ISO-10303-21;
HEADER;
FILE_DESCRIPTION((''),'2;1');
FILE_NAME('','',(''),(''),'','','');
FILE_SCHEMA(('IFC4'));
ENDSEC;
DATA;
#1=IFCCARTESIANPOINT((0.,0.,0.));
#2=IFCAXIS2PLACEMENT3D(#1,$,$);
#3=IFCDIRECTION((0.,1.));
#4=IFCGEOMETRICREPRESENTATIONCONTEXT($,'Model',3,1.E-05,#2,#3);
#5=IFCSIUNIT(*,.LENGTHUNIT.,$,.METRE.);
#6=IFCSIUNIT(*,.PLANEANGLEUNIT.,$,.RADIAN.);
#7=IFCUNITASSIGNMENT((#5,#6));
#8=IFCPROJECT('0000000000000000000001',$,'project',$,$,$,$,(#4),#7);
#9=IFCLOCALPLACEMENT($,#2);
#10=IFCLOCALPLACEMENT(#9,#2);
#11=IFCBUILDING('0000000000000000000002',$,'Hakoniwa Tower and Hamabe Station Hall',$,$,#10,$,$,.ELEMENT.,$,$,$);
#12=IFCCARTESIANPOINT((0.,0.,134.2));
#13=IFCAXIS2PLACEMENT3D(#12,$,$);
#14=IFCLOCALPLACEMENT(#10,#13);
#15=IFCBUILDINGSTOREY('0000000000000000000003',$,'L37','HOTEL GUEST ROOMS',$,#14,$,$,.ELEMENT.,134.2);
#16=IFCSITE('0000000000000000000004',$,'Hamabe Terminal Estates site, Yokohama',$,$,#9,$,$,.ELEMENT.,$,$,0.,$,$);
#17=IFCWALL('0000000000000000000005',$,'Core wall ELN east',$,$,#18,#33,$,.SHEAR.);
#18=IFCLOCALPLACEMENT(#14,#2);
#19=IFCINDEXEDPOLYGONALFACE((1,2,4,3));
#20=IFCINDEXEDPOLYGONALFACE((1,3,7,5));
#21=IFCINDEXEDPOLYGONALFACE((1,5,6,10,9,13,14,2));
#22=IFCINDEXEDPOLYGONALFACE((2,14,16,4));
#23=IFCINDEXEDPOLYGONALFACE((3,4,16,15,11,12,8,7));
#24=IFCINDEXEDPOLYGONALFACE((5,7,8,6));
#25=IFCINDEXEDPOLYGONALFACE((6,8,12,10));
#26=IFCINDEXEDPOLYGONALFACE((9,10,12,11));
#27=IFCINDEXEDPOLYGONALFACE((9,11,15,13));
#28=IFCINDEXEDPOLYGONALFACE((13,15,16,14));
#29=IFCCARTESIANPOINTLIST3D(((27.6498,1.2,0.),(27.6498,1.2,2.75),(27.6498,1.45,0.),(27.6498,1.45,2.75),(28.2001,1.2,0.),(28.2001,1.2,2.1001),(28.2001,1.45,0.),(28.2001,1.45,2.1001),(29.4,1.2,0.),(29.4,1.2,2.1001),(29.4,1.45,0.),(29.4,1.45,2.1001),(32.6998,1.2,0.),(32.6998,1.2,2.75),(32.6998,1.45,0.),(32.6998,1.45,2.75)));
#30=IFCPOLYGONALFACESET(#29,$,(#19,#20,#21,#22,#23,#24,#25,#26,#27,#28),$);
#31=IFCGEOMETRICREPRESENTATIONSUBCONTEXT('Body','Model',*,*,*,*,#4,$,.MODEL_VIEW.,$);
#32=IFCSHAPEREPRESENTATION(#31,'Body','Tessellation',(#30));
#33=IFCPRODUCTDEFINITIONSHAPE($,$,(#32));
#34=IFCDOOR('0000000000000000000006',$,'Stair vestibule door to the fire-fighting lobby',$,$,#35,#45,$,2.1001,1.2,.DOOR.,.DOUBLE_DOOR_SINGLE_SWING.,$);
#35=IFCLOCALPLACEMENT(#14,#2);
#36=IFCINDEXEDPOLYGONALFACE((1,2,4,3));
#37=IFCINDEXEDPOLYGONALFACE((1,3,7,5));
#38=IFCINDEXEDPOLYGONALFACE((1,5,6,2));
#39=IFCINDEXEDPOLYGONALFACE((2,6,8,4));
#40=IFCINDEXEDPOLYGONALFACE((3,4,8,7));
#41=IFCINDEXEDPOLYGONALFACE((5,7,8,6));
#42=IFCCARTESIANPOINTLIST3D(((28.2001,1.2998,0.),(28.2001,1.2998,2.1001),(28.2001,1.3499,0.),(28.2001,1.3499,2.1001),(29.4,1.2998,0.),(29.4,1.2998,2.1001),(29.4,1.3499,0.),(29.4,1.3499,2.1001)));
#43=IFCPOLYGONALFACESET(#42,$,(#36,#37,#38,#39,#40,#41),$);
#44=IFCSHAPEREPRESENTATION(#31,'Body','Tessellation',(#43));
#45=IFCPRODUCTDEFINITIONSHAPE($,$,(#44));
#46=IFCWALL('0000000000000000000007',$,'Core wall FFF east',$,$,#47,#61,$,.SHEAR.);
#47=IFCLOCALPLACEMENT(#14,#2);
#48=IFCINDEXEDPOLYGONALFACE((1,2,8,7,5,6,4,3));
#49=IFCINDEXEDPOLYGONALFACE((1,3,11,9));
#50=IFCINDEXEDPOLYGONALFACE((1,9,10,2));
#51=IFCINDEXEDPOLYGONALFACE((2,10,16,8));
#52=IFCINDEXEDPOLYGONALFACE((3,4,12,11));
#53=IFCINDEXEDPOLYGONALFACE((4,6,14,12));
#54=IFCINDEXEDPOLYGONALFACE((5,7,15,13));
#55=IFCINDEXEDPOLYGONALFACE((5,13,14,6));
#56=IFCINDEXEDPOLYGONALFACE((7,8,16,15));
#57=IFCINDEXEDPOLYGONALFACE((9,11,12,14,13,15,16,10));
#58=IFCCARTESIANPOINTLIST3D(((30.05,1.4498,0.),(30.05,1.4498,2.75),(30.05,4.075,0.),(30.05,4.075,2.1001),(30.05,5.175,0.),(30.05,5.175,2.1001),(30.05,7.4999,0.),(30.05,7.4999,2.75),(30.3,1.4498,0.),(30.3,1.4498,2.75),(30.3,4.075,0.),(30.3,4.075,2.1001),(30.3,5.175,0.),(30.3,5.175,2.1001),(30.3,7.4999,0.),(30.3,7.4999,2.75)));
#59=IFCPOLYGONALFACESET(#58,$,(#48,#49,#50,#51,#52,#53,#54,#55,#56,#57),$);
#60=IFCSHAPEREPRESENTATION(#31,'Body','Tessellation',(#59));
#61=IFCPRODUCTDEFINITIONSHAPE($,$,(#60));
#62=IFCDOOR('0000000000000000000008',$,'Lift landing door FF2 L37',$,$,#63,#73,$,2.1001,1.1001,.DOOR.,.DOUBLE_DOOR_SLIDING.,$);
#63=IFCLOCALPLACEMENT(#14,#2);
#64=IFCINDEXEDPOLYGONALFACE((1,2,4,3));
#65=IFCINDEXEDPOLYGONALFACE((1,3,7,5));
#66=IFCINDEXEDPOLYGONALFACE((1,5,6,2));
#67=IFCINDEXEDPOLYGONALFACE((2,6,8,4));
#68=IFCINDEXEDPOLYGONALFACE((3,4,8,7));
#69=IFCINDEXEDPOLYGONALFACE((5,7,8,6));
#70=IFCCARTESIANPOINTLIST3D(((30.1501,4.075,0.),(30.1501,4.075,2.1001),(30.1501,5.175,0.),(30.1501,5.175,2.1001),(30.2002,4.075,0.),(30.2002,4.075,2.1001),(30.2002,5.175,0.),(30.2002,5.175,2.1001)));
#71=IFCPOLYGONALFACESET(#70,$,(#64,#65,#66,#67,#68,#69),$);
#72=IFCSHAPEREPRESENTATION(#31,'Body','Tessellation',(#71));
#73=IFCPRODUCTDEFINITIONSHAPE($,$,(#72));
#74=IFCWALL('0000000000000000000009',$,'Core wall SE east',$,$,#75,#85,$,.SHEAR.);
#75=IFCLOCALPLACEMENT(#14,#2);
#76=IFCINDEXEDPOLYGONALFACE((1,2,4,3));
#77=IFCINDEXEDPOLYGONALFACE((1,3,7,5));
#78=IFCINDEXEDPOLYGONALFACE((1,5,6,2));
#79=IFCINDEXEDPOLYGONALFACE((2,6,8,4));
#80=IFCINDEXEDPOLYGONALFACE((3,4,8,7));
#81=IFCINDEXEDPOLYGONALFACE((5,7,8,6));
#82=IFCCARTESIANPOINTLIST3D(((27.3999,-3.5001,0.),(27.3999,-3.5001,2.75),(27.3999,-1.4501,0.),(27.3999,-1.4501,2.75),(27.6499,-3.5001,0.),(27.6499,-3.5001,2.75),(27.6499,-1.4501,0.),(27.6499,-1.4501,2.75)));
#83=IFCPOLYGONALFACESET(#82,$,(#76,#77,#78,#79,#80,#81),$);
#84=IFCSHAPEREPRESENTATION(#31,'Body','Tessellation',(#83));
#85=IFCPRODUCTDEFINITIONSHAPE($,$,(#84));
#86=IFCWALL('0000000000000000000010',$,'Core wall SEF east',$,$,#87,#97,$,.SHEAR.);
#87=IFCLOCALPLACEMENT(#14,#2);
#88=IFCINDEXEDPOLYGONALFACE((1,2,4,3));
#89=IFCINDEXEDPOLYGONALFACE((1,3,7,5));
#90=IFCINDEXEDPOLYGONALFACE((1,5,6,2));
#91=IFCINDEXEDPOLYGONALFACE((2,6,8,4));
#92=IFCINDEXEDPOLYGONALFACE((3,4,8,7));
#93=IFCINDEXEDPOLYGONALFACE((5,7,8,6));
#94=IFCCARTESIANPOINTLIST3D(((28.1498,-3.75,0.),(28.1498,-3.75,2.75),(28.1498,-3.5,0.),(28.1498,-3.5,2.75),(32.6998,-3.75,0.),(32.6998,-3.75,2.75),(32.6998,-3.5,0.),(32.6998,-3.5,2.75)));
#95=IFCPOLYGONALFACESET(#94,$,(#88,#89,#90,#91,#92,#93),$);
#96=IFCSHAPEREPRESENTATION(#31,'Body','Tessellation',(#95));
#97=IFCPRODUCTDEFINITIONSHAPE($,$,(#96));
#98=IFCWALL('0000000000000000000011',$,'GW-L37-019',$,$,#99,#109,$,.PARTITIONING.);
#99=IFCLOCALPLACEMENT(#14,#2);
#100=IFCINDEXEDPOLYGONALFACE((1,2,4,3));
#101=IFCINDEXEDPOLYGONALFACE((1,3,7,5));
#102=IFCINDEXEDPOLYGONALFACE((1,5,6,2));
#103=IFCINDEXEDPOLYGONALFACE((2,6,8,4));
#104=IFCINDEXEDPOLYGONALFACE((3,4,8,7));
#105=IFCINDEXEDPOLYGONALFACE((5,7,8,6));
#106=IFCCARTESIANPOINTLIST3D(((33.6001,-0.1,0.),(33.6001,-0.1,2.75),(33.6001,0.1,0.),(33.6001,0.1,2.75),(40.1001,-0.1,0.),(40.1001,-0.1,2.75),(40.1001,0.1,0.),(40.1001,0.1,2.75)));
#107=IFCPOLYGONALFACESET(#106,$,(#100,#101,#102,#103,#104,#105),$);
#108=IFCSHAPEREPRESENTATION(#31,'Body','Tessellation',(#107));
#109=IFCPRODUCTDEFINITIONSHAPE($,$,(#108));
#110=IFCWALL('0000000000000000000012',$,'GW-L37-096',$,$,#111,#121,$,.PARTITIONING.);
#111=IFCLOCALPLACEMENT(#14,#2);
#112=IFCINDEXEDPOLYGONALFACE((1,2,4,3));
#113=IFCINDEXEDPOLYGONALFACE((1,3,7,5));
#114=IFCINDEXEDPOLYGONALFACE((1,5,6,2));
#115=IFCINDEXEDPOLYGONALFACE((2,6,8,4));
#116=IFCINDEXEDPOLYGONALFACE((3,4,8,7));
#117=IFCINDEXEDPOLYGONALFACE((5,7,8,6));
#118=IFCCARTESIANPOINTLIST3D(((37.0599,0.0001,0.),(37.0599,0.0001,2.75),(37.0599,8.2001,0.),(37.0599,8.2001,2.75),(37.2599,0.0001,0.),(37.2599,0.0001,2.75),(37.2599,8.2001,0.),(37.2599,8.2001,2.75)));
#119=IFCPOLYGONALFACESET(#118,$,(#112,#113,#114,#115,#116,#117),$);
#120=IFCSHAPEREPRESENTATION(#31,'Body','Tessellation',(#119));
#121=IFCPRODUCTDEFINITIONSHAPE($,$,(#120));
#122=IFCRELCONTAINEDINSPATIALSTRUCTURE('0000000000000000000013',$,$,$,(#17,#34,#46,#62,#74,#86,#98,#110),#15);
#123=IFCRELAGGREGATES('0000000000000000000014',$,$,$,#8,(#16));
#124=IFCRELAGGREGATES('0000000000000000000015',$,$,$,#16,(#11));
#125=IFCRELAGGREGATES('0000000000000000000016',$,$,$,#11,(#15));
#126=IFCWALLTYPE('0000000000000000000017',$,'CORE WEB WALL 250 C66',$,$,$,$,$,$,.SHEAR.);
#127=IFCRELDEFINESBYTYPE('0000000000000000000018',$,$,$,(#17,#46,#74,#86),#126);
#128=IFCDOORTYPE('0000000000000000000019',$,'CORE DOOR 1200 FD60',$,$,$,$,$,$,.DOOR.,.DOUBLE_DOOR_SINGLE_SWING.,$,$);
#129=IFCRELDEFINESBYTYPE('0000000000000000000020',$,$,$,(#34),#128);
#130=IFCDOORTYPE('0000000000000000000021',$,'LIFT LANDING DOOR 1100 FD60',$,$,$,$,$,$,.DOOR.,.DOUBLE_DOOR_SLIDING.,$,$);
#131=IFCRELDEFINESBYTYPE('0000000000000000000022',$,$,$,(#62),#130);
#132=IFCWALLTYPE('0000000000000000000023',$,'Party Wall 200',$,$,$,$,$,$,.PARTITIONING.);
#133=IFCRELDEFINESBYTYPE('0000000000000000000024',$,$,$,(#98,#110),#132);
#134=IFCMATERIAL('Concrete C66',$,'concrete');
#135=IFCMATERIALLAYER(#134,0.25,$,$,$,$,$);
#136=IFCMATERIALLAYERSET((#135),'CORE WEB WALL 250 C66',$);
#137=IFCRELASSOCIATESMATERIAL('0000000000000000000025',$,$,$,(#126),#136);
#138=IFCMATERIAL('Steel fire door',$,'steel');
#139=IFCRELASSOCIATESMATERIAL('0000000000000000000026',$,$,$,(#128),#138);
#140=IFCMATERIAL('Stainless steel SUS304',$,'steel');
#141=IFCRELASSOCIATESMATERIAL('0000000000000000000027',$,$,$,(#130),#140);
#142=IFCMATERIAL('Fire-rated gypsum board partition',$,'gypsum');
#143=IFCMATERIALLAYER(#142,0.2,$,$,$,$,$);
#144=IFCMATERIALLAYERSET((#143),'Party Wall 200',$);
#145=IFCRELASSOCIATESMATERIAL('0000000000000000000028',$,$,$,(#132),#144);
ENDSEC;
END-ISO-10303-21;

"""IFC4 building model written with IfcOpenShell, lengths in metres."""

from ifc_helpers import new_model, si_unit, direction, frame, frame_2d, origin, place, context, subcontext, project, spatial, rectangle, extrude, material, layer, layer_set, type_object, element, fill, save


model = new_model("IFC4")

# Units and contexts
model_context = context("Model", 3, precision=1e-05, world=origin(), true_north=direction((0.0, 1.0)))
body_context = subcontext(model_context, "Body", "Model", "MODEL_VIEW")
ifc_project = project(units=[si_unit("LENGTHUNIT", "METRE"), si_unit("PLANEANGLEUNIT", "RADIAN")], contexts=[model_context])

# Site, building, storey
site_placement = place(None, origin())
site = spatial("IfcSite", under=ifc_project, at=site_placement, Name="Hamabe Terminal Estates site, Yokohama", CompositionType="ELEMENT", RefElevation=0.0)
building_placement = place(site_placement, origin())
building = spatial("IfcBuilding", under=site, at=building_placement, Name="Hakoniwa Tower and Hamabe Station Hall", CompositionType="ELEMENT")
storey_placement = place(building_placement, frame((0.0, 0.0, 134.2)))
storey = spatial("IfcBuildingStorey", under=building, at=storey_placement, Name="L37", Description="HOTEL GUEST ROOMS", CompositionType="ELEMENT", Elevation=134.2)

# Shared definitions
ifc_material_1 = material(Name="Concrete C66", Category="concrete")
ifc_layer_1 = layer(ifc_material_1, 0.25)
ifc_layer_set_1 = layer_set([ifc_layer_1], Name="CORE WEB WALL 250 C66")
wall_type_1 = type_object("IfcWallType", Name="CORE WEB WALL 250 C66", PredefinedType="SHEAR", material=ifc_layer_set_1)

# Walls, openings, doors
wall_1_placement = place(storey_placement, frame((27.6499, 1.325, 0.0), z_axis=(0.0, 0.0, 1.0), x_axis=(1.0, 0.0, 0.0)))
wall_1 = element("IfcWall", 1, at=wall_1_placement, inside=storey, type_object=wall_type_1, Name="Core wall ELN east", PredefinedType="SHEAR", context=body_context, shape_type="SweptSolid", body=[
    extrude(rectangle(XDim=5.05, YDim=0.25, at=frame_2d((2.5249, 0.0))), origin(), (0.0, 0.0, 1.0), 2.75),
])
opening_1_placement = place(wall_1_placement, frame((0.55, 0.0, 0.0)))
opening_1 = element("IfcOpeningElement", 2, at=opening_1_placement, cuts=wall_1, PredefinedType="OPENING", context=body_context, shape_type="SweptSolid", body=[
    extrude(rectangle(XDim=1.2, YDim=2.1001, at=frame_2d((0.6001, 1.05))), frame((0.0, 0.135, 0.0), z_axis=(0.0, -1.0, 0.0), x_axis=(1.0, 0.0, 0.0)), (0.0, 0.0, 1.0), 0.27),
])
ifc_material_2 = material(Name="Steel fire door", Category="steel")
door_type_1 = type_object("IfcDoorType", Name="CORE DOOR 1200 FD60", OperationType="DOUBLE_DOOR_SINGLE_SWING", PredefinedType="DOOR", material=ifc_material_2)
door_1_placement = place(opening_1_placement, origin())
door_1 = element("IfcDoor", 3, at=door_1_placement, inside=storey, type_object=door_type_1, Name="Stair vestibule door to the fire-fighting lobby", OperationType="DOUBLE_DOOR_SINGLE_SWING", OverallHeight=2.1001, OverallWidth=1.2, PredefinedType="DOOR", context=body_context, shape_type="SweptSolid", body=[
    extrude(rectangle(XDim=1.2, YDim=2.1001, at=frame_2d((0.6001, 1.05))), frame((0.0, 0.0249, 0.0), z_axis=(0.0, -1.0, 0.0), x_axis=(1.0, 0.0, 0.0)), (0.0, 0.0, 1.0), 0.05),
])
fill(opening_1, door_1)
wall_2_placement = place(storey_placement, frame((30.175, 1.45, 0.0), z_axis=(0.0, 0.0, 1.0), x_axis=(0.0, 1.0, 0.0)))
wall_2 = element("IfcWall", 4, at=wall_2_placement, inside=storey, type_object=wall_type_1, Name="Core wall FFF east", PredefinedType="SHEAR", context=body_context, shape_type="SweptSolid", body=[
    extrude(rectangle(XDim=6.05, YDim=0.25, at=frame_2d((3.0249, 0.0))), origin(), (0.0, 0.0, 1.0), 2.75),
])
opening_2_placement = place(wall_2_placement, frame((2.625, 0.0, 0.0)))
opening_2 = element("IfcOpeningElement", 5, at=opening_2_placement, cuts=wall_2, PredefinedType="OPENING", context=body_context, shape_type="SweptSolid", body=[
    extrude(rectangle(XDim=1.1001, YDim=2.1001, at=frame_2d((0.55, 1.05))), frame((0.0, 0.135, 0.0), z_axis=(0.0, -1.0, 0.0), x_axis=(1.0, 0.0, 0.0)), (0.0, 0.0, 1.0), 0.27),
])
ifc_material_3 = material(Name="Stainless steel SUS304", Category="steel")
door_type_2 = type_object("IfcDoorType", Name="LIFT LANDING DOOR 1100 FD60", OperationType="DOUBLE_DOOR_SLIDING", PredefinedType="DOOR", material=ifc_material_3)
door_2_placement = place(opening_2_placement, origin())
door_2 = element("IfcDoor", 6, at=door_2_placement, inside=storey, type_object=door_type_2, Name="Lift landing door FF2 L37", OperationType="DOUBLE_DOOR_SLIDING", OverallHeight=2.1001, OverallWidth=1.1001, PredefinedType="DOOR", context=body_context, shape_type="SweptSolid", body=[
    extrude(rectangle(XDim=1.1001, YDim=2.1001, at=frame_2d((0.55, 1.05))), frame((0.0, 0.0249, 0.0), z_axis=(0.0, -1.0, 0.0), x_axis=(1.0, 0.0, 0.0)), (0.0, 0.0, 1.0), 0.05),
])
fill(opening_2, door_2)

# Walls
wall_3_placement = place(storey_placement, frame((27.5249, -3.5, 0.0), z_axis=(0.0, 0.0, 1.0), x_axis=(0.0, 1.0, 0.0)))
element("IfcWall", 7, at=wall_3_placement, inside=storey, type_object=wall_type_1, Name="Core wall SE east", PredefinedType="SHEAR", context=body_context, shape_type="SweptSolid", body=[
    extrude(rectangle(XDim=2.05, YDim=0.25, at=frame_2d((1.0249, 0.0))), origin(), (0.0, 0.0, 1.0), 2.75),
])
wall_4_placement = place(storey_placement, frame((28.1499, -3.625, 0.0), z_axis=(0.0, 0.0, 1.0), x_axis=(1.0, 0.0, 0.0)))
element("IfcWall", 8, at=wall_4_placement, inside=storey, type_object=wall_type_1, Name="Core wall SEF east", PredefinedType="SHEAR", context=body_context, shape_type="SweptSolid", body=[
    extrude(rectangle(XDim=4.55, YDim=0.25, at=frame_2d((2.2749, 0.0))), origin(), (0.0, 0.0, 1.0), 2.75),
])
ifc_material_4 = material(Name="Fire-rated gypsum board partition", Category="gypsum")
ifc_layer_2 = layer(ifc_material_4, 0.2)
ifc_layer_set_2 = layer_set([ifc_layer_2], Name="Party Wall 200")
wall_type_2 = type_object("IfcWallType", Name="Party Wall 200", PredefinedType="PARTITIONING", material=ifc_layer_set_2)
wall_5_placement = place(storey_placement, frame((33.6001, 0.0, 0.0), z_axis=(0.0, 0.0, 1.0), x_axis=(1.0, 0.0, 0.0)))
element("IfcWall", 9, at=wall_5_placement, inside=storey, type_object=wall_type_2, Name="GW-L37-019", PredefinedType="PARTITIONING", context=body_context, shape_type="SweptSolid", body=[
    extrude(rectangle(XDim=6.5, YDim=0.2, at=frame_2d((3.25, 0.0))), origin(), (0.0, 0.0, 1.0), 2.75),
])
wall_6_placement = place(storey_placement, frame((37.1599, 0.0, 0.0), z_axis=(0.0, 0.0, 1.0), x_axis=(0.0, 1.0, 0.0)))
element("IfcWall", 10, at=wall_6_placement, inside=storey, type_object=wall_type_2, Name="GW-L37-096", PredefinedType="PARTITIONING", context=body_context, shape_type="SweptSolid", body=[
    extrude(rectangle(XDim=8.2, YDim=0.2, at=frame_2d((4.1001, 0.0))), origin(), (0.0, 0.0, 1.0), 2.75),
])

save(model, "model.ifc")
